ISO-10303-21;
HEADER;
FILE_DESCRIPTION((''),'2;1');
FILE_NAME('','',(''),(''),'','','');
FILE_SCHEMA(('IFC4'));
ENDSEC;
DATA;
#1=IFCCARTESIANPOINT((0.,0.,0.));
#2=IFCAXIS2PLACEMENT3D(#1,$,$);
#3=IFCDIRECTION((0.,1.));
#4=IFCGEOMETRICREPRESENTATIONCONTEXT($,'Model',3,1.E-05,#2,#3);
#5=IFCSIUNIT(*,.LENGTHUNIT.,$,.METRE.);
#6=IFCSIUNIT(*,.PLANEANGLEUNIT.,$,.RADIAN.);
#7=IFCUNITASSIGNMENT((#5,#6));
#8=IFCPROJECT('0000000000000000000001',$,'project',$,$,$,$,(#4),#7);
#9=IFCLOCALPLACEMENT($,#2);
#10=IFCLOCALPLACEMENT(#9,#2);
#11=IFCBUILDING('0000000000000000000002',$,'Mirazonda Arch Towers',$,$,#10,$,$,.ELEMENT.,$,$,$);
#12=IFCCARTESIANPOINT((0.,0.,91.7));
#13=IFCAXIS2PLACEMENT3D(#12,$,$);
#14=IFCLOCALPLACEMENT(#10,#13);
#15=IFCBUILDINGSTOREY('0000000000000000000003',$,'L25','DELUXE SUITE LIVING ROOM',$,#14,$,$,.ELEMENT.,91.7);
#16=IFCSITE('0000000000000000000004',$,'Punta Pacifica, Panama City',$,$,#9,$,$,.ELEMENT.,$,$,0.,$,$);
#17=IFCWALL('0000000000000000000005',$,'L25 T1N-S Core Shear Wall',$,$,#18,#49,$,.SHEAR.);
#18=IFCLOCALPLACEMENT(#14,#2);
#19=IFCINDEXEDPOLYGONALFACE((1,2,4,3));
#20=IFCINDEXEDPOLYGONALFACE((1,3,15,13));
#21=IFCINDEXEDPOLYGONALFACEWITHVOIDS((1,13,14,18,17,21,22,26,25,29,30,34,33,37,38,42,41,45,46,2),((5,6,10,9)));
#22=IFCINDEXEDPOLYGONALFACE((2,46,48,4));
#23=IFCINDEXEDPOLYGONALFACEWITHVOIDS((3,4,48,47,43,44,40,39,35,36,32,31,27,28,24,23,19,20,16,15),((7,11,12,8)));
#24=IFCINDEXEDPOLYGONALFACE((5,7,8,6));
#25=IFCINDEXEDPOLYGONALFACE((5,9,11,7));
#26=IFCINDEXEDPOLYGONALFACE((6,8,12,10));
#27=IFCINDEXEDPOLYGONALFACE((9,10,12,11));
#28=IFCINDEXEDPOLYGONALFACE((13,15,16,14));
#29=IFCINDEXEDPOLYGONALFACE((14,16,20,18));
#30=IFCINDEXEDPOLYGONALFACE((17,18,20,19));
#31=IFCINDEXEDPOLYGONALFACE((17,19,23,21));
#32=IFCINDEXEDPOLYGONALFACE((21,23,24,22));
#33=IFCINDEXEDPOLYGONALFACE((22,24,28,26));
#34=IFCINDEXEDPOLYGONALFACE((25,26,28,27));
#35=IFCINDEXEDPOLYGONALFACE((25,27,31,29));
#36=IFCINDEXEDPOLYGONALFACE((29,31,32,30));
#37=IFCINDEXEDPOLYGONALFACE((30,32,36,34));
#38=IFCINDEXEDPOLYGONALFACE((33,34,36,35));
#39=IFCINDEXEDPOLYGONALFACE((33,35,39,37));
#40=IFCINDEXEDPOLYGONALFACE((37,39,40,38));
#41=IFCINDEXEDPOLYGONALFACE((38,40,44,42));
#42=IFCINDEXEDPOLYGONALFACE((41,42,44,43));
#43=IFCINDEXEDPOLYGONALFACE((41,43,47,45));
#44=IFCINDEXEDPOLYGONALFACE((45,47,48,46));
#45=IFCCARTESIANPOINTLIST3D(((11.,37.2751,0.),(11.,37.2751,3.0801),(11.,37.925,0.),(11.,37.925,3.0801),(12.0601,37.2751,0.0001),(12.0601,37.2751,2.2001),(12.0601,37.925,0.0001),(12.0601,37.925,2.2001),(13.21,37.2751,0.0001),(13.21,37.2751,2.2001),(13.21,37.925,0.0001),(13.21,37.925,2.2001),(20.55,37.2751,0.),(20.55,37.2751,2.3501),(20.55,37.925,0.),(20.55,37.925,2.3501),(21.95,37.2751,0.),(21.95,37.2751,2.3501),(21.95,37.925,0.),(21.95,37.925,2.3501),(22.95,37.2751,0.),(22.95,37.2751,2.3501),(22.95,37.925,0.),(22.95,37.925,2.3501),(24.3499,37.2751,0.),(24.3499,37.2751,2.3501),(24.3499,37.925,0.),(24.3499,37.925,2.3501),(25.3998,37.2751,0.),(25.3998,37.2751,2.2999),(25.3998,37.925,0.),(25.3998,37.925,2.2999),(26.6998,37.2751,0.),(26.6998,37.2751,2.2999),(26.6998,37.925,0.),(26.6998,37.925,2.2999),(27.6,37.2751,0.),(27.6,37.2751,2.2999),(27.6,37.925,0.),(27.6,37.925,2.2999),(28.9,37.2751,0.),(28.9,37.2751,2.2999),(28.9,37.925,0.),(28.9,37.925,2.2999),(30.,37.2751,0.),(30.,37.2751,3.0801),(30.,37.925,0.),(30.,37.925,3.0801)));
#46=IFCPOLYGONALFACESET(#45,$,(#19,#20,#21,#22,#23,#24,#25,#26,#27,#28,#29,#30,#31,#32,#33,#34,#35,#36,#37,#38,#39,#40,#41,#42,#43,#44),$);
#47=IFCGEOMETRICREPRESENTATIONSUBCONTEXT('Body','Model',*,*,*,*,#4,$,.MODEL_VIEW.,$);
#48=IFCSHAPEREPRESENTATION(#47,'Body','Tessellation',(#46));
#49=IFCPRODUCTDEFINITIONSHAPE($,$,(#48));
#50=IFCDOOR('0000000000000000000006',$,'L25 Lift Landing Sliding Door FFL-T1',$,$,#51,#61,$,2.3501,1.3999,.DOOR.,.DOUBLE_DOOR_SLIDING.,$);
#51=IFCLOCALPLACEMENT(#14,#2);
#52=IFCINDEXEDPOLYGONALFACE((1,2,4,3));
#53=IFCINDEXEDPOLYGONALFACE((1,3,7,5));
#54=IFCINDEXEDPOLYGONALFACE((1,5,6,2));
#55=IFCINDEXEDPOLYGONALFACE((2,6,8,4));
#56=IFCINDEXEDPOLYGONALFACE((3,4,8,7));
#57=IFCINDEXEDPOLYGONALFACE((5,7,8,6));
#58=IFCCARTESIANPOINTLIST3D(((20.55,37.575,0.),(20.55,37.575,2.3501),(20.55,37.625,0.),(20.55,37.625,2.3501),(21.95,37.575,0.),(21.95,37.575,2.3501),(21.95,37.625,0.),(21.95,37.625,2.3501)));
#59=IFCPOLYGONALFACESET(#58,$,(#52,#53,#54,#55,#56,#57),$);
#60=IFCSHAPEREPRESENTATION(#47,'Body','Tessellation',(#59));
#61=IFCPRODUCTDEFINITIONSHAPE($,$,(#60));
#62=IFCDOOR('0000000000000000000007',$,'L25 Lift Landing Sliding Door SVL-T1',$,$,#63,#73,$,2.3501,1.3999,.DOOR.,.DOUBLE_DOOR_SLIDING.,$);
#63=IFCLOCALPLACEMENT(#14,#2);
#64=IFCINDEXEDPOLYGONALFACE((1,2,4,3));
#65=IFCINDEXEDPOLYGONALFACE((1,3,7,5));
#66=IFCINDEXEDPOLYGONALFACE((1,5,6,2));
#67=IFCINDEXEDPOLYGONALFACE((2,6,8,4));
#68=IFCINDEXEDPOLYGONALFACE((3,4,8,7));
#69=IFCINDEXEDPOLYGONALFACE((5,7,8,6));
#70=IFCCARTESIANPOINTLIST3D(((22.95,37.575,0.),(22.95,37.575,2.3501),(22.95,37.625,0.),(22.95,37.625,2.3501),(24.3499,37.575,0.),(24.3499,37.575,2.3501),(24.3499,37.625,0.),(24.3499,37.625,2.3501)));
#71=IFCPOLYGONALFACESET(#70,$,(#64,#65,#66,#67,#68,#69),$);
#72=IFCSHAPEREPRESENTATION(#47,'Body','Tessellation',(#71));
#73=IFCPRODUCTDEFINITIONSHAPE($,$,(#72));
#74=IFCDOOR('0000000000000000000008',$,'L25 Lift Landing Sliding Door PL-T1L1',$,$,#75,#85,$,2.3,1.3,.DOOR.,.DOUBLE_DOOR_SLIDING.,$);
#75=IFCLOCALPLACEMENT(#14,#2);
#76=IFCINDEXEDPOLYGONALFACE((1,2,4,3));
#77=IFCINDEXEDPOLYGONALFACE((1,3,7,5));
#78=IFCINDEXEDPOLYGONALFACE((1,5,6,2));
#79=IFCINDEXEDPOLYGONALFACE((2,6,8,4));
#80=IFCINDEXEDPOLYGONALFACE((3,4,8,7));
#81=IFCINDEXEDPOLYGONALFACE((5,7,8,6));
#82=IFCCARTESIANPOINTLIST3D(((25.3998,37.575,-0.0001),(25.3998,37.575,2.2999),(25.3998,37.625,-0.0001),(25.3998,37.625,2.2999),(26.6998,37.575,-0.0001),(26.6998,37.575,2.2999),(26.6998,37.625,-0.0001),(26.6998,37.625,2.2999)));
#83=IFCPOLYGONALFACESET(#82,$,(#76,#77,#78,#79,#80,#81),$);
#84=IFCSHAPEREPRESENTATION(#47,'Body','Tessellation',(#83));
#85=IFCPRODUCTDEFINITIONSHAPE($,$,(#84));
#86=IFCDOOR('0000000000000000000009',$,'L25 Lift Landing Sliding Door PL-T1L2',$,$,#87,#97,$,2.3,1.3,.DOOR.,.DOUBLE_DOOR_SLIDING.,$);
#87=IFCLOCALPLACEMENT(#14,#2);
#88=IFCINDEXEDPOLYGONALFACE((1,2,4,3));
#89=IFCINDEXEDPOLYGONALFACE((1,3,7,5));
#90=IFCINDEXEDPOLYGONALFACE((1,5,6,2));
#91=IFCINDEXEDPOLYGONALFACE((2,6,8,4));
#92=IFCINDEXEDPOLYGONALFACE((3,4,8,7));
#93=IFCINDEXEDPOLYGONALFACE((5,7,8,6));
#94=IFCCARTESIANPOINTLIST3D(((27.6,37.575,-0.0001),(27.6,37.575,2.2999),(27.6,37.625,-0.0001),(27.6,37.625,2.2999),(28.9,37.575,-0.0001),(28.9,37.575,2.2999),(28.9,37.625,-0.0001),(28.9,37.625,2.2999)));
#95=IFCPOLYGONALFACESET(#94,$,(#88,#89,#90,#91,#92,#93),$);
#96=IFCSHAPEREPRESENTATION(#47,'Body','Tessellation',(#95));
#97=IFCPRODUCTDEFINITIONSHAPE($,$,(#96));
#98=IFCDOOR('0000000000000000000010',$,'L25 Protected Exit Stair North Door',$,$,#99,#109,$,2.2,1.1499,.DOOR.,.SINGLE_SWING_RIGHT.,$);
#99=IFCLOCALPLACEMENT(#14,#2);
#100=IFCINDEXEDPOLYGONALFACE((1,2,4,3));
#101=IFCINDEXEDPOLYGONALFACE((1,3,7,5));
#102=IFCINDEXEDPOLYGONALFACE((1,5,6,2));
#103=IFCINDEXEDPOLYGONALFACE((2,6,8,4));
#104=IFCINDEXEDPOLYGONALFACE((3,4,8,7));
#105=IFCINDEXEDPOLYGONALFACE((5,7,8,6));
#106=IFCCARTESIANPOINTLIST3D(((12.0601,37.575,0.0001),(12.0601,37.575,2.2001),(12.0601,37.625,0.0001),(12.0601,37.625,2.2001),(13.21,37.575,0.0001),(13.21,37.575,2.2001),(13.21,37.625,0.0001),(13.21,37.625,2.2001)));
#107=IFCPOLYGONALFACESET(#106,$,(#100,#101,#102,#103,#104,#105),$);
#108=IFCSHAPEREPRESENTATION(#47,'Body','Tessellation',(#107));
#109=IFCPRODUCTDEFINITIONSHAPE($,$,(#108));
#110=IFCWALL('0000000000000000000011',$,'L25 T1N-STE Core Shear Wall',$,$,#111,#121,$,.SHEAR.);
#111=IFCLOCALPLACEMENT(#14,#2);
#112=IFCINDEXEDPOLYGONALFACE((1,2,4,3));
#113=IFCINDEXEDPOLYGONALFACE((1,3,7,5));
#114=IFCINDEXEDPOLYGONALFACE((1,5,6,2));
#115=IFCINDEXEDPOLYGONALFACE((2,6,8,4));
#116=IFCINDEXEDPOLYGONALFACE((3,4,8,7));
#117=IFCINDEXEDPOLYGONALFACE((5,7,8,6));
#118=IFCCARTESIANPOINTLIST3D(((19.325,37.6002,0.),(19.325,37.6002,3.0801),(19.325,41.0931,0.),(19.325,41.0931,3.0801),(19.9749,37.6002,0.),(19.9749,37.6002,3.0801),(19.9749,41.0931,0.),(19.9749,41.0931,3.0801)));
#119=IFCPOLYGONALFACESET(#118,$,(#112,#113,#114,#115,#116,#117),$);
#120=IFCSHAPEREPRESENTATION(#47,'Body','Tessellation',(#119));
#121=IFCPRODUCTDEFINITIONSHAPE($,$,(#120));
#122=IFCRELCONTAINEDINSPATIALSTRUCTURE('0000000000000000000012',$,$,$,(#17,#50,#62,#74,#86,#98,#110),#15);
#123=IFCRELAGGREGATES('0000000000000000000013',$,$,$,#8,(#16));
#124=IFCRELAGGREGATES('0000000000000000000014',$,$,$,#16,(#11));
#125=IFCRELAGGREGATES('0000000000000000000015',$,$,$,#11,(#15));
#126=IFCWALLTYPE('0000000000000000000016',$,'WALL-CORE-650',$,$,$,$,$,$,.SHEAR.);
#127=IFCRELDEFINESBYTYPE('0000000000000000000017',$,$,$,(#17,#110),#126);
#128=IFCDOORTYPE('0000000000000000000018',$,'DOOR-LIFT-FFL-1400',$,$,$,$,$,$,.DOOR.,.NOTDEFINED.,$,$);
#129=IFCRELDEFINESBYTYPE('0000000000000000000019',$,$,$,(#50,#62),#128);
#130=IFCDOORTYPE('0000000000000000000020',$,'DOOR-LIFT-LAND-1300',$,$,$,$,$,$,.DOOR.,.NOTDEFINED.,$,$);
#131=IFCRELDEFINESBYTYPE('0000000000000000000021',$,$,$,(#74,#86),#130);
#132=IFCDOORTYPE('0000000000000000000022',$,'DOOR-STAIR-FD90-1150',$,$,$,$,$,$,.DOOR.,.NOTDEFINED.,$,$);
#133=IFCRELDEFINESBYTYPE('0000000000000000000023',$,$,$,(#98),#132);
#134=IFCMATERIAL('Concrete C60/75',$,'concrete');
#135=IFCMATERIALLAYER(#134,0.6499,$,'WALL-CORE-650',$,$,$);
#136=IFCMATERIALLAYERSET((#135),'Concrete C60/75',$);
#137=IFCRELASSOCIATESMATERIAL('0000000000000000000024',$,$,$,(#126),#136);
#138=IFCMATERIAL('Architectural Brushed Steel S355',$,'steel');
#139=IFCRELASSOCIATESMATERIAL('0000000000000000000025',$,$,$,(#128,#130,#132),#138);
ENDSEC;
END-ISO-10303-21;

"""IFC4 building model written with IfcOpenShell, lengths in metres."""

from ifc_helpers import new_model, si_unit, direction, frame, frame_2d, origin, place, context, subcontext, project, spatial, rectangle, extrude, material, layer, layer_set, type_object, element, fill, save


model = new_model("IFC4")

# Units and contexts
model_context = context("Model", 3, precision=1e-05, world=origin(), true_north=direction((0.0, 1.0)))
body_context = subcontext(model_context, "Body", "Model", "MODEL_VIEW")
ifc_project = project(units=[si_unit("LENGTHUNIT", "METRE"), si_unit("PLANEANGLEUNIT", "RADIAN")], contexts=[model_context])

# Site, building, storey
site_placement = place(None, origin())
site = spatial("IfcSite", under=ifc_project, at=site_placement, Name="Punta Pacifica, Panama City", CompositionType="ELEMENT", RefElevation=0.0)
building_placement = place(site_placement, origin())
building = spatial("IfcBuilding", under=site, at=building_placement, Name="Mirazonda Arch Towers", CompositionType="ELEMENT")
storey_placement = place(building_placement, frame((0.0, 0.0, 91.7)))
storey = spatial("IfcBuildingStorey", under=building, at=storey_placement, Name="L25", Description="DELUXE SUITE LIVING ROOM", CompositionType="ELEMENT", Elevation=91.7)

# Shared definitions
ifc_material_1 = material(Name="Concrete C60/75", Category="concrete")
ifc_layer_1 = layer(ifc_material_1, 0.6499, Name="WALL-CORE-650")
ifc_layer_set_1 = layer_set([ifc_layer_1], Name="Concrete C60/75")
wall_type_1 = type_object("IfcWallType", Name="WALL-CORE-650", PredefinedType="SHEAR", material=ifc_layer_set_1)

# Wall, openings, doors
wall_1_placement = place(storey_placement, frame((11.0, 37.6001, 0.0), z_axis=(0.0, 0.0, 1.0), x_axis=(1.0, 0.0, 0.0)))
wall_1 = element("IfcWall", 1, at=wall_1_placement, inside=storey, type_object=wall_type_1, Name="L25 T1N-S Core Shear Wall", PredefinedType="SHEAR", context=body_context, shape_type="SweptSolid", body=[
    extrude(rectangle(XDim=19.0, YDim=0.6499, at=frame_2d((9.5, 0.0))), origin(), (0.0, 0.0, 1.0), 3.0801),
])
opening_1_placement = place(wall_1_placement, frame((1.0601, 0.0, 0.0)))
opening_1 = element("IfcOpeningElement", 2, at=opening_1_placement, cuts=wall_1, PredefinedType="OPENING", context=body_context, shape_type="SweptSolid", body=[
    extrude(rectangle(XDim=1.1499, YDim=2.2, at=frame_2d((0.575, 1.1001))), frame((0.0, 0.335, 0.0), z_axis=(0.0, -1.0, 0.0), x_axis=(1.0, 0.0, 0.0)), (0.0, 0.0, 1.0), 0.6699),
])
opening_2_placement = place(wall_1_placement, frame((9.55, 0.0, 0.0)))
opening_2 = element("IfcOpeningElement", 3, at=opening_2_placement, cuts=wall_1, PredefinedType="OPENING", context=body_context, shape_type="SweptSolid", body=[
    extrude(rectangle(XDim=1.3999, YDim=2.3501, at=frame_2d((0.7, 1.175))), frame((0.0, 0.335, 0.0), z_axis=(0.0, -1.0, 0.0), x_axis=(1.0, 0.0, 0.0)), (0.0, 0.0, 1.0), 0.6699),
])
opening_3_placement = place(wall_1_placement, frame((11.95, 0.0, 0.0)))
opening_3 = element("IfcOpeningElement", 4, at=opening_3_placement, cuts=wall_1, PredefinedType="OPENING", context=body_context, shape_type="SweptSolid", body=[
    extrude(rectangle(XDim=1.3999, YDim=2.3501, at=frame_2d((0.7, 1.175))), frame((0.0, 0.335, 0.0), z_axis=(0.0, -1.0, 0.0), x_axis=(1.0, 0.0, 0.0)), (0.0, 0.0, 1.0), 0.6699),
])
opening_4_placement = place(wall_1_placement, frame((14.3999, 0.0, 0.0)))
opening_4 = element("IfcOpeningElement", 5, at=opening_4_placement, cuts=wall_1, PredefinedType="OPENING", context=body_context, shape_type="SweptSolid", body=[
    extrude(rectangle(XDim=1.3, YDim=2.3, at=frame_2d((0.6499, 1.1499))), frame((0.0, 0.335, 0.0), z_axis=(0.0, -1.0, 0.0), x_axis=(1.0, 0.0, 0.0)), (0.0, 0.0, 1.0), 0.6699),
])
opening_5_placement = place(wall_1_placement, frame((16.6001, 0.0, 0.0)))
opening_5 = element("IfcOpeningElement", 6, at=opening_5_placement, cuts=wall_1, PredefinedType="OPENING", context=body_context, shape_type="SweptSolid", body=[
    extrude(rectangle(XDim=1.3, YDim=2.3, at=frame_2d((0.6499, 1.1499))), frame((0.0, 0.335, 0.0), z_axis=(0.0, -1.0, 0.0), x_axis=(1.0, 0.0, 0.0)), (0.0, 0.0, 1.0), 0.6699),
])
ifc_material_2 = material(Name="Architectural Brushed Steel S355", Category="steel")
door_type_1 = type_object("IfcDoorType", Name="DOOR-LIFT-FFL-1400", OperationType="NOTDEFINED", PredefinedType="DOOR", material=ifc_material_2)
door_1_placement = place(opening_2_placement, origin())
door_1 = element("IfcDoor", 7, at=door_1_placement, inside=storey, type_object=door_type_1, Name="L25 Lift Landing Sliding Door FFL-T1", OperationType="DOUBLE_DOOR_SLIDING", OverallHeight=2.3501, OverallWidth=1.3999, PredefinedType="DOOR", context=body_context, shape_type="SweptSolid", body=[
    extrude(rectangle(XDim=1.3999, YDim=2.3501, at=frame_2d((0.7, 1.175))), frame((0.0, 0.0249, 0.0), z_axis=(0.0, -1.0, 0.0), x_axis=(1.0, 0.0, 0.0)), (0.0, 0.0, 1.0), 0.05),
])
fill(opening_2, door_1)
door_2_placement = place(opening_3_placement, origin())
door_2 = element("IfcDoor", 8, at=door_2_placement, inside=storey, type_object=door_type_1, Name="L25 Lift Landing Sliding Door SVL-T1", OperationType="DOUBLE_DOOR_SLIDING", OverallHeight=2.3501, OverallWidth=1.3999, PredefinedType="DOOR", context=body_context, shape_type="SweptSolid", body=[
    extrude(rectangle(XDim=1.3999, YDim=2.3501, at=frame_2d((0.7, 1.175))), frame((0.0, 0.0249, 0.0), z_axis=(0.0, -1.0, 0.0), x_axis=(1.0, 0.0, 0.0)), (0.0, 0.0, 1.0), 0.05),
])
fill(opening_3, door_2)
door_type_2 = type_object("IfcDoorType", Name="DOOR-LIFT-LAND-1300", OperationType="NOTDEFINED", PredefinedType="DOOR", material=ifc_material_2)
door_3_placement = place(opening_4_placement, origin())
door_3 = element("IfcDoor", 9, at=door_3_placement, inside=storey, type_object=door_type_2, Name="L25 Lift Landing Sliding Door PL-T1L1", OperationType="DOUBLE_DOOR_SLIDING", OverallHeight=2.3, OverallWidth=1.3, PredefinedType="DOOR", context=body_context, shape_type="SweptSolid", body=[
    extrude(rectangle(XDim=1.3, YDim=2.3, at=frame_2d((0.6499, 1.1499))), frame((0.0, 0.0249, 0.0), z_axis=(0.0, -1.0, 0.0), x_axis=(1.0, 0.0, 0.0)), (0.0, 0.0, 1.0), 0.05),
])
fill(opening_4, door_3)
door_4_placement = place(opening_5_placement, origin())
door_4 = element("IfcDoor", 10, at=door_4_placement, inside=storey, type_object=door_type_2, Name="L25 Lift Landing Sliding Door PL-T1L2", OperationType="DOUBLE_DOOR_SLIDING", OverallHeight=2.3, OverallWidth=1.3, PredefinedType="DOOR", context=body_context, shape_type="SweptSolid", body=[
    extrude(rectangle(XDim=1.3, YDim=2.3, at=frame_2d((0.6499, 1.1499))), frame((0.0, 0.0249, 0.0), z_axis=(0.0, -1.0, 0.0), x_axis=(1.0, 0.0, 0.0)), (0.0, 0.0, 1.0), 0.05),
])
fill(opening_5, door_4)
door_type_3 = type_object("IfcDoorType", Name="DOOR-STAIR-FD90-1150", OperationType="NOTDEFINED", PredefinedType="DOOR", material=ifc_material_2)
door_5_placement = place(opening_1_placement, origin())
door_5 = element("IfcDoor", 11, at=door_5_placement, inside=storey, type_object=door_type_3, Name="L25 Protected Exit Stair North Door", OperationType="SINGLE_SWING_RIGHT", OverallHeight=2.2, OverallWidth=1.1499, PredefinedType="DOOR", context=body_context, shape_type="SweptSolid", body=[
    extrude(rectangle(XDim=1.1499, YDim=2.2, at=frame_2d((0.575, 1.1001))), frame((0.0, 0.0249, 0.0), z_axis=(0.0, -1.0, 0.0), x_axis=(1.0, 0.0, 0.0)), (0.0, 0.0, 1.0), 0.05),
])
fill(opening_1, door_5)

# Wall
wall_2_placement = place(storey_placement, frame((19.6499, 37.6001, 0.0), z_axis=(0.0, 0.0, 1.0), x_axis=(0.0, 1.0, 0.0)))
element("IfcWall", 12, at=wall_2_placement, inside=storey, type_object=wall_type_1, Name="L25 T1N-STE Core Shear Wall", PredefinedType="SHEAR", context=body_context, shape_type="SweptSolid", body=[
    extrude(rectangle(XDim=3.4929, YDim=0.6499, at=frame_2d((1.7466, 0.0))), origin(), (0.0, 0.0, 1.0), 3.0801),
])

save(model, "model.ifc")
